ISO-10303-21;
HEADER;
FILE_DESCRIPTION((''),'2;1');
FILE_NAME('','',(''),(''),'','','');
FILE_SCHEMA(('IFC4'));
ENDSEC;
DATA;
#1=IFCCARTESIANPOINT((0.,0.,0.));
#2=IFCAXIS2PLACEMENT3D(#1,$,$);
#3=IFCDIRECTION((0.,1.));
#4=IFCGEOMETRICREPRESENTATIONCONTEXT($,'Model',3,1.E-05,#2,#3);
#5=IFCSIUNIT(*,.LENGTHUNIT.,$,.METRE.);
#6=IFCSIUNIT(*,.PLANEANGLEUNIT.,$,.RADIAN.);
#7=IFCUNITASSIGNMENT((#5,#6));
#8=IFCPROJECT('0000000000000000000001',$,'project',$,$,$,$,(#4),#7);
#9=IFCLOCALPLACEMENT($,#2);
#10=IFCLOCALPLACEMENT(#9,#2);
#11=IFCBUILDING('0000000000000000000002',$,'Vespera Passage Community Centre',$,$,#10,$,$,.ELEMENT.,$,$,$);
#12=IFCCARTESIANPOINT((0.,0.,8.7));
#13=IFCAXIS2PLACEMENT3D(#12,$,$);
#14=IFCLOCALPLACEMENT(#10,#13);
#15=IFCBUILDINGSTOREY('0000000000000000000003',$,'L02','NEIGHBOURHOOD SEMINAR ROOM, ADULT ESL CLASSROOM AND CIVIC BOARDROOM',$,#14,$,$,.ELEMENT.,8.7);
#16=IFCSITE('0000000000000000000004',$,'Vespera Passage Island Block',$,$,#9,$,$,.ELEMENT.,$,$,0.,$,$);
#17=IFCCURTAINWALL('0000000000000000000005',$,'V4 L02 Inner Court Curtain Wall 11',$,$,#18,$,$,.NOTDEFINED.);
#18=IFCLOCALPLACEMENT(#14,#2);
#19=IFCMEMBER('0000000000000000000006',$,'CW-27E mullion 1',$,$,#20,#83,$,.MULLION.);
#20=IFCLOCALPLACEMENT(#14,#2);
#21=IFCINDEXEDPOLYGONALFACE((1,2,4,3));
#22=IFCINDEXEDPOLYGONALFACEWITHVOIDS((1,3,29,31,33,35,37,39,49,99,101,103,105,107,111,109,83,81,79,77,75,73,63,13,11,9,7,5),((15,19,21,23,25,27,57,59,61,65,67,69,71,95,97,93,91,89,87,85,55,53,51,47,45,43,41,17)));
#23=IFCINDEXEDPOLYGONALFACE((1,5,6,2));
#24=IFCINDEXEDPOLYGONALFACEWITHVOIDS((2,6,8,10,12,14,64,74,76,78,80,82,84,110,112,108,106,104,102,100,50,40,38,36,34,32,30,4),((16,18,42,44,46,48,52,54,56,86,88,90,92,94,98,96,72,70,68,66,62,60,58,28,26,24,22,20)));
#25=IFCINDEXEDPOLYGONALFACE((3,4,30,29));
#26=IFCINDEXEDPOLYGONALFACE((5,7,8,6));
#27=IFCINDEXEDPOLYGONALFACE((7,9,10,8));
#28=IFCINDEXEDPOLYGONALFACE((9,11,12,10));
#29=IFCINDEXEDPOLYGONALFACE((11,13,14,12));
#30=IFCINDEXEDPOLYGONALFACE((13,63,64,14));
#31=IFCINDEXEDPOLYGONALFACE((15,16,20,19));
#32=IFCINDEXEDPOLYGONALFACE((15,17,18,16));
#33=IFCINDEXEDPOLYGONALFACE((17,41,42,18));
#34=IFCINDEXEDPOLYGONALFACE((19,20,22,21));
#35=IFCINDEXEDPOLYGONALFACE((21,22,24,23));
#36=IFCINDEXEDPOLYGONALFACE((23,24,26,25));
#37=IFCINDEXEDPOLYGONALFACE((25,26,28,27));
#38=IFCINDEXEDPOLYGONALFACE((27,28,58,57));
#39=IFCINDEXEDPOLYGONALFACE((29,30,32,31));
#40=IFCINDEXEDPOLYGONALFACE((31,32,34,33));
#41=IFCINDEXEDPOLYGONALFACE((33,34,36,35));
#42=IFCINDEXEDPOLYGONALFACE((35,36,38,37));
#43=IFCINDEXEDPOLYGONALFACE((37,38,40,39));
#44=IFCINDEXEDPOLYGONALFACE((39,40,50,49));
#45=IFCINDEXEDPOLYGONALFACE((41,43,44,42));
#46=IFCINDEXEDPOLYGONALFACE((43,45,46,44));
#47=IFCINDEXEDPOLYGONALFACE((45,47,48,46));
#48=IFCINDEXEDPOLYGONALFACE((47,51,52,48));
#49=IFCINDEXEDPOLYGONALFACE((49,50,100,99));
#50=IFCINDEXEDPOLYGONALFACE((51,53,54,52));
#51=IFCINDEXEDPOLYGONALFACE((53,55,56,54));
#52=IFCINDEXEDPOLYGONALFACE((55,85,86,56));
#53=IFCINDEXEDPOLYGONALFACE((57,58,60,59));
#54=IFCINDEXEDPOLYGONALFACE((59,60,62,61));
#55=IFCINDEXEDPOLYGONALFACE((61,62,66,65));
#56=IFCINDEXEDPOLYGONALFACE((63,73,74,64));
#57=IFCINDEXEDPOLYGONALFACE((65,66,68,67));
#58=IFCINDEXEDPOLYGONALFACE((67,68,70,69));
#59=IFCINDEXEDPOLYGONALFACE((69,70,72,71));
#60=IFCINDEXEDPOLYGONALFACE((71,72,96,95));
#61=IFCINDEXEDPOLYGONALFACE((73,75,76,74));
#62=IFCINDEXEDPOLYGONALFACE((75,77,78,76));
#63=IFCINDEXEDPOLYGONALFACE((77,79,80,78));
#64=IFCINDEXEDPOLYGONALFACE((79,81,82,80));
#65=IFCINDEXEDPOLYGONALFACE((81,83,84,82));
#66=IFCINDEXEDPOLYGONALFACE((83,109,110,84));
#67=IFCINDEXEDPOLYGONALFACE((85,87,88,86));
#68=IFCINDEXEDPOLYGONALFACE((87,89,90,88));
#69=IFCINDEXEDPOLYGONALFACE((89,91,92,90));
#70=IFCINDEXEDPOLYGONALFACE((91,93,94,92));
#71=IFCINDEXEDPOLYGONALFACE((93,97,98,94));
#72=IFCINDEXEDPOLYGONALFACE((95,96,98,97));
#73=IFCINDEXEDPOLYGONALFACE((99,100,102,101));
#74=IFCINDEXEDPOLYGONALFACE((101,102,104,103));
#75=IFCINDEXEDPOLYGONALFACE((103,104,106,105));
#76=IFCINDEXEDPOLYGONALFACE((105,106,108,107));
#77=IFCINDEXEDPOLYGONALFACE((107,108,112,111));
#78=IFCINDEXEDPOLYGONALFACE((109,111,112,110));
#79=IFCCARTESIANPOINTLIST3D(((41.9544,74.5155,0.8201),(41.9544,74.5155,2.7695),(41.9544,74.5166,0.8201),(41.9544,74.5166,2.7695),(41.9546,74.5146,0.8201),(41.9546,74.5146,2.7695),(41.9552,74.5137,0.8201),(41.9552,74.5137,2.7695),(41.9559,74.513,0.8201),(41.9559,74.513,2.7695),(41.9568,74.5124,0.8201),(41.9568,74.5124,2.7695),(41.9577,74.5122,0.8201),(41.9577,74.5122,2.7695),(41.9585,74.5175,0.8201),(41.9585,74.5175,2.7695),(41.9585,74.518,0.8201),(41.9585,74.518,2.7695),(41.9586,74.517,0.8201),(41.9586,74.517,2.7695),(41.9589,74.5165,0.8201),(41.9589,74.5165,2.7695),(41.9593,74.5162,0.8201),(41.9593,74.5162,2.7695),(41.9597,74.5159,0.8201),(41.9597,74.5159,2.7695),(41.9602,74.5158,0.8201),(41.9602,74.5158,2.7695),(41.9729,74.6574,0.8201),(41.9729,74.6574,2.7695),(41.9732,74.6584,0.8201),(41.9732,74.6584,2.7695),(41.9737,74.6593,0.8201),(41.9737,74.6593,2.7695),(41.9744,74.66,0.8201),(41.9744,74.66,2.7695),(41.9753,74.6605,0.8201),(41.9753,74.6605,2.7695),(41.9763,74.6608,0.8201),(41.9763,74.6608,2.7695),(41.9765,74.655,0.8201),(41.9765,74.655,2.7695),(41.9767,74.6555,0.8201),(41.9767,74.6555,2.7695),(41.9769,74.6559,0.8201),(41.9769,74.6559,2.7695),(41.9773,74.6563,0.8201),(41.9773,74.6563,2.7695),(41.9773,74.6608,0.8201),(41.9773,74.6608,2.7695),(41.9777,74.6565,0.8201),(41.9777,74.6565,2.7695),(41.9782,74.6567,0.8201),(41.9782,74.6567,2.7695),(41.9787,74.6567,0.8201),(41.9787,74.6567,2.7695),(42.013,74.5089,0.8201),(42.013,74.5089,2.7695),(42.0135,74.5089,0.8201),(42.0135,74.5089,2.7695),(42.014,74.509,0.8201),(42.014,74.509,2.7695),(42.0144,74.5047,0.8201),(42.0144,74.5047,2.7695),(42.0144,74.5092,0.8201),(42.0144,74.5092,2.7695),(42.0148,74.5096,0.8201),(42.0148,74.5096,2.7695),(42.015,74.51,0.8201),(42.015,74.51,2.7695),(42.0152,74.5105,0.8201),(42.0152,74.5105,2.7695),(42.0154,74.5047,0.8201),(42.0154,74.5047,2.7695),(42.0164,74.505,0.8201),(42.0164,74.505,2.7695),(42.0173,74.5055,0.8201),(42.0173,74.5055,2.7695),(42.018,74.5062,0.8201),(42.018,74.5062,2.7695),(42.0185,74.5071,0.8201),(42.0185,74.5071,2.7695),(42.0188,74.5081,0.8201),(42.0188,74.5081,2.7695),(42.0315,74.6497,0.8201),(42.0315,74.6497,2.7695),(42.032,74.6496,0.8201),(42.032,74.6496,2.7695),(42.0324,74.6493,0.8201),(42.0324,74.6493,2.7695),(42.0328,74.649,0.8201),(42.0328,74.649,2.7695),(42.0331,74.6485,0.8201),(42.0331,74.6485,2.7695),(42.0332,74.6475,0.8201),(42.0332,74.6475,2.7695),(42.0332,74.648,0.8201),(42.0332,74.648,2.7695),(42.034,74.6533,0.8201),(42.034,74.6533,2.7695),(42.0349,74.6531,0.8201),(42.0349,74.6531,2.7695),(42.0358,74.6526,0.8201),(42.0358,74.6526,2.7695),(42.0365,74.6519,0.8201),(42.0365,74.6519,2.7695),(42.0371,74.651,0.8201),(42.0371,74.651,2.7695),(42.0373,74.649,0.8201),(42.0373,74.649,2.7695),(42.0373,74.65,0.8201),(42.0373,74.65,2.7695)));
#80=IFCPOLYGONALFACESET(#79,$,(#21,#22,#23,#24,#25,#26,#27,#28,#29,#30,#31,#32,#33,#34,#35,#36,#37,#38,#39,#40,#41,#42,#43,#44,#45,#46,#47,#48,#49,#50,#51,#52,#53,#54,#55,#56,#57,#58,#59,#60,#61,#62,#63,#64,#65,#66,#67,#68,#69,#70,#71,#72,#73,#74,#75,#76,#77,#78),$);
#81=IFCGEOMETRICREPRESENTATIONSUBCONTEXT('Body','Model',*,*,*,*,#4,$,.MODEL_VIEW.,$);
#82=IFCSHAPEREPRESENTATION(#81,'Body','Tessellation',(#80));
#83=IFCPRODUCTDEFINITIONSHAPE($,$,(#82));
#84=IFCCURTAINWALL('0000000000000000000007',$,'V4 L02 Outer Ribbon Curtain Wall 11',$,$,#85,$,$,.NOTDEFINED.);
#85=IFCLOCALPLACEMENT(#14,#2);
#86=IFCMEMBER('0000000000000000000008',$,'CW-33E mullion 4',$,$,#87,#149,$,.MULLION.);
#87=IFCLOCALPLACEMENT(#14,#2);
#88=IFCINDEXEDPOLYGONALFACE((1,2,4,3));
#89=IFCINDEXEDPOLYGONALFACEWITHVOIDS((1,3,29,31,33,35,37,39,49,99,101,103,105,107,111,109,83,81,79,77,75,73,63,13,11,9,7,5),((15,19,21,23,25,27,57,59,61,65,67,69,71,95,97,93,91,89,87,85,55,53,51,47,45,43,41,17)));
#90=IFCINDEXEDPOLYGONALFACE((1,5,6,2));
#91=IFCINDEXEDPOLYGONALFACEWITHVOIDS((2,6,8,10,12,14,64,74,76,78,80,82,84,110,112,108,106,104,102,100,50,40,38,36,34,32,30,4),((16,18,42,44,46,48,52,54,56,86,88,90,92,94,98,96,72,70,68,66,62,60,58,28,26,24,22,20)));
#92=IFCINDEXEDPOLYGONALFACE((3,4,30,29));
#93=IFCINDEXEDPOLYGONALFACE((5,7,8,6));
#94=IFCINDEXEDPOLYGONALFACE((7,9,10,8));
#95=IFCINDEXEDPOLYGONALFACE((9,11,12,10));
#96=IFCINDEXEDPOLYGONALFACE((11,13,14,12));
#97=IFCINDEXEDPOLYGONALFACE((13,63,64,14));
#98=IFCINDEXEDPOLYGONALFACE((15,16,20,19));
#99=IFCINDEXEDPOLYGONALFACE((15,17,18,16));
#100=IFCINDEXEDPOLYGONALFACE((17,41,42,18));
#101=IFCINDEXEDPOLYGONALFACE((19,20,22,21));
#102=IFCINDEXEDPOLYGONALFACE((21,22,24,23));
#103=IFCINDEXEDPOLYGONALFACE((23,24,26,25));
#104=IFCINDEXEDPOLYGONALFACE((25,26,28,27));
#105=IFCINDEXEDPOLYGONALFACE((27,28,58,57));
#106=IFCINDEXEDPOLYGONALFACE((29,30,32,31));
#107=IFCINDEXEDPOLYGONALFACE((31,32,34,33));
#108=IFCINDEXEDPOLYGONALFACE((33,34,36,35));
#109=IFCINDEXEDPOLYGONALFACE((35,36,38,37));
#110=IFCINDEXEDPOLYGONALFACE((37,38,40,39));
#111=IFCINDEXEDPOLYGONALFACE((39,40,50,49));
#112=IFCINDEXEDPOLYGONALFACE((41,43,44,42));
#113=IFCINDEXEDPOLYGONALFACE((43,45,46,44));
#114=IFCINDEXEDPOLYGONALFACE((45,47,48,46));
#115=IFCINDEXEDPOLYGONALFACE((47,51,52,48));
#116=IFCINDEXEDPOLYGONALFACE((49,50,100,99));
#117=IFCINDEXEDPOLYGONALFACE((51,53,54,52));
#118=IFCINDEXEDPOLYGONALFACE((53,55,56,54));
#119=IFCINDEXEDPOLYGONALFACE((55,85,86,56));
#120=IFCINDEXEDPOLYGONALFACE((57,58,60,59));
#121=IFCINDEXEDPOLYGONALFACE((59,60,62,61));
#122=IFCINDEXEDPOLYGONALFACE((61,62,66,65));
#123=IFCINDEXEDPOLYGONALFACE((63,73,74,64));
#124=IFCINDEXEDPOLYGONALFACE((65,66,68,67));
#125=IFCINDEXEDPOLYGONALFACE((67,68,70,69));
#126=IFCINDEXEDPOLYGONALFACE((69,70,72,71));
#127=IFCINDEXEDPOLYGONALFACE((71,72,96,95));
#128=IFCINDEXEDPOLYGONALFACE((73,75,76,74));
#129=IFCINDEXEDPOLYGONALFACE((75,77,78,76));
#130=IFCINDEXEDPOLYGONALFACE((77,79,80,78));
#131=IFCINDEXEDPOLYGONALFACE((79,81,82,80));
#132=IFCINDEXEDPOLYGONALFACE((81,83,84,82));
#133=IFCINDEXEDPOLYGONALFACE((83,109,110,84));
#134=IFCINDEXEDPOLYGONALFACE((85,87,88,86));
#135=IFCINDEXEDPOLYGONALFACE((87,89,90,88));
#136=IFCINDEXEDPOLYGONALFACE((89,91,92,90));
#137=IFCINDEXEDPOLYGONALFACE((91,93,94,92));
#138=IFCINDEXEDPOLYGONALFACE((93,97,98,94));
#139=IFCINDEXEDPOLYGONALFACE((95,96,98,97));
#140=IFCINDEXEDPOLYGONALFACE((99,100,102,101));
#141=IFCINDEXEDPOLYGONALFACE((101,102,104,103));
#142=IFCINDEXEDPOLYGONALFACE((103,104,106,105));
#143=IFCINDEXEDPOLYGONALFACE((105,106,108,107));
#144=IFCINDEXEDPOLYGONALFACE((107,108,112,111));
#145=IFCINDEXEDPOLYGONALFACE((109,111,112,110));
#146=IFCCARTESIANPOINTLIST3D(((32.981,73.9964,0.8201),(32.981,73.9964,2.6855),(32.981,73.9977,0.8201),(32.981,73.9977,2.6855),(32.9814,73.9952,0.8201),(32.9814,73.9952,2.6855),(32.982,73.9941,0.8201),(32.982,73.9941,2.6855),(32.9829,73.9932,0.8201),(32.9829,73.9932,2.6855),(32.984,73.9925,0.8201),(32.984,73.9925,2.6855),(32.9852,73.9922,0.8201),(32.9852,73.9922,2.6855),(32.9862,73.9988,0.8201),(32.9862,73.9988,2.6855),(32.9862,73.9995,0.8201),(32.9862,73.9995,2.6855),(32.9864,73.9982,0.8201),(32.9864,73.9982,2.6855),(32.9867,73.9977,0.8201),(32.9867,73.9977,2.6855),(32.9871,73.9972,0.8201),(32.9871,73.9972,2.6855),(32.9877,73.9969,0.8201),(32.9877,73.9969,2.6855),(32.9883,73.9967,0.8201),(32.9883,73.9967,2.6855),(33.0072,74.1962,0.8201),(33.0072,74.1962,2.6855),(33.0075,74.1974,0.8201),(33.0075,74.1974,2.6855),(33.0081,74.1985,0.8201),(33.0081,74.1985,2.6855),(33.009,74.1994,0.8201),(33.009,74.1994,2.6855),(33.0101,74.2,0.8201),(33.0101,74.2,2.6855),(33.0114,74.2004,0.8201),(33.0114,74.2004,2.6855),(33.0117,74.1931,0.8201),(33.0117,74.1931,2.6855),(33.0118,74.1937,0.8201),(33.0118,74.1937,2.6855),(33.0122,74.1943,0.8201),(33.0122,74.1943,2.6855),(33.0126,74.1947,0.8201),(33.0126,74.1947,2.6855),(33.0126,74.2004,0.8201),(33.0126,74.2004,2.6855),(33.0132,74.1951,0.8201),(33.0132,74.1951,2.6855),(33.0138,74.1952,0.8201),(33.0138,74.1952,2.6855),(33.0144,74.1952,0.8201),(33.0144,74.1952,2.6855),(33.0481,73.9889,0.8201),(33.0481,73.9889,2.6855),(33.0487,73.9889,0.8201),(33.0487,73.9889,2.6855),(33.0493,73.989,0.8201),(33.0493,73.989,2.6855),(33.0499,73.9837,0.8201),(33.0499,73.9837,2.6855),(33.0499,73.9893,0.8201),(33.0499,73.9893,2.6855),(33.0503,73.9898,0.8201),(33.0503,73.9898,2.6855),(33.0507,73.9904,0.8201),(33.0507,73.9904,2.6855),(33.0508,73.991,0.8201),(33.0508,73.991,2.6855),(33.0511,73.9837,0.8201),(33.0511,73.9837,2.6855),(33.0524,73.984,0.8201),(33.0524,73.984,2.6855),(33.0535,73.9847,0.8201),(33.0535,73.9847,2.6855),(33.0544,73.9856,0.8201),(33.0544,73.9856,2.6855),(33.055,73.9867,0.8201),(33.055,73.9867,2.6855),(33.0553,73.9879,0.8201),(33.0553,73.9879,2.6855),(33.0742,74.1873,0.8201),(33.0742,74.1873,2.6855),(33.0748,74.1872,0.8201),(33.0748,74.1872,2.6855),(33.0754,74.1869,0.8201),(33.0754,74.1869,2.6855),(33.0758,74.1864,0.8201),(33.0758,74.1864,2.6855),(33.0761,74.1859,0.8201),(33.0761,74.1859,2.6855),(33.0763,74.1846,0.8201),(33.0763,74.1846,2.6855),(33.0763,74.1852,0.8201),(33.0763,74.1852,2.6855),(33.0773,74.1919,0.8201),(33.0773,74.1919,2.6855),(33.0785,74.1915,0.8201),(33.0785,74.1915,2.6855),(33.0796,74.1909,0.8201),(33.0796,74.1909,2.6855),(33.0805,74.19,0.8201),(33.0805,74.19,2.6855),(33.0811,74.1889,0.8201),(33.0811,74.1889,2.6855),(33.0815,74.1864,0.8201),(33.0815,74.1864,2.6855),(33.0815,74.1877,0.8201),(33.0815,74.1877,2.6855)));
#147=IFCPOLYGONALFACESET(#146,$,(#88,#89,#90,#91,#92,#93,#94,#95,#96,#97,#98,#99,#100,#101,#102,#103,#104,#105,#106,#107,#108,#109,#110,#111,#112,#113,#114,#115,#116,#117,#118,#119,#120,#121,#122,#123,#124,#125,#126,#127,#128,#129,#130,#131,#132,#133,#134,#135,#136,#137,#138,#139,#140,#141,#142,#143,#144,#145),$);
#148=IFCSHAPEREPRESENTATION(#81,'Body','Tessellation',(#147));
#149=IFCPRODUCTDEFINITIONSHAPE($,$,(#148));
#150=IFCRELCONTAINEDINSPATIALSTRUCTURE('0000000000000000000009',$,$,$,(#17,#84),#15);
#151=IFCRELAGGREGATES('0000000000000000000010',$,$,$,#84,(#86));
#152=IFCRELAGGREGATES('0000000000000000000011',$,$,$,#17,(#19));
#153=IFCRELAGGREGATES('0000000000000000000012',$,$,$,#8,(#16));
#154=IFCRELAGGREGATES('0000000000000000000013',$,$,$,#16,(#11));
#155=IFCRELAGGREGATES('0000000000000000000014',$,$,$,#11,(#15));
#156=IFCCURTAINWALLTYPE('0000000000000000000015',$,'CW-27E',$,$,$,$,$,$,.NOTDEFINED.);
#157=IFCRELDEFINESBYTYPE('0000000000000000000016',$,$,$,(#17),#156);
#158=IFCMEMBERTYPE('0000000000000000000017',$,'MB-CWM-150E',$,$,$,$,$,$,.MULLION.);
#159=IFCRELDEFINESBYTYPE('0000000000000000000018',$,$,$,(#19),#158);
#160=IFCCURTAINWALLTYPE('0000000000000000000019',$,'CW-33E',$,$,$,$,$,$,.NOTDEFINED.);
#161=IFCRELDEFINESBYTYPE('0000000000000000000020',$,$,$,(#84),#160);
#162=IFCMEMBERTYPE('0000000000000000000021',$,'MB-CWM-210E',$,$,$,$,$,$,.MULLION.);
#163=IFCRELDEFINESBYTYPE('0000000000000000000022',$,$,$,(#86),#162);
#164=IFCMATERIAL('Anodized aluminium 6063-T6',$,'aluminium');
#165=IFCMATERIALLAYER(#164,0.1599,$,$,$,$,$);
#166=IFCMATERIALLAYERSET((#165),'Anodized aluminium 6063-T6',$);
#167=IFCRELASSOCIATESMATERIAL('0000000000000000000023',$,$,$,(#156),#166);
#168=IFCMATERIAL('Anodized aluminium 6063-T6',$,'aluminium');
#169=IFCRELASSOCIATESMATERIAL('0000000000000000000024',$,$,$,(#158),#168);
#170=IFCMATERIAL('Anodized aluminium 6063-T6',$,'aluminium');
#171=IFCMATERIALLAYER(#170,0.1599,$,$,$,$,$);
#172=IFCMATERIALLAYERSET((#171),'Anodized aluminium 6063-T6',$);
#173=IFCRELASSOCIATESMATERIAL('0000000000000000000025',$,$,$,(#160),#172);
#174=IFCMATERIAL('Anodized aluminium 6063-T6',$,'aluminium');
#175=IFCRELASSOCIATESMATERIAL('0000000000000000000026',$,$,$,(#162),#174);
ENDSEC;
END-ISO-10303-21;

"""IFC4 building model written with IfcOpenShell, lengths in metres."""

from ifc_helpers import new_model, si_unit, direction, frame, origin, origin_2d, place, context, subcontext, project, spatial, hollow_rectangle, extrude, material, layer, layer_set, material_profile, profile_set, type_object, element, aggregate, save


model = new_model("IFC4")

# Units and contexts
model_context = context("Model", 3, precision=1e-05, world=origin(), true_north=direction((0.0, 1.0)))
body_context = subcontext(model_context, "Body", "Model", "MODEL_VIEW")
ifc_project = project(units=[si_unit("LENGTHUNIT", "METRE"), si_unit("PLANEANGLEUNIT", "RADIAN")], contexts=[model_context])

# Site, building, storey
site_placement = place(None, origin())
site = spatial("IfcSite", under=ifc_project, at=site_placement, Name="Vespera Passage Island Block", CompositionType="ELEMENT", RefElevation=0.0)
building_placement = place(site_placement, origin())
building = spatial("IfcBuilding", under=site, at=building_placement, Name="Vespera Passage Community Centre", CompositionType="ELEMENT")
storey_placement = place(building_placement, frame((0.0, 0.0, 8.7)))
storey = spatial("IfcBuildingStorey", under=building, at=storey_placement, Name="L02", Description="NEIGHBOURHOOD SEMINAR ROOM, ADULT ESL CLASSROOM AND CIVIC BOARDROOM", CompositionType="ELEMENT", Elevation=8.7)

# Curtain wall, member
ifc_material_1 = material(Name="Anodized aluminium 6063-T6", Category="aluminium")
ifc_layer_1 = layer(ifc_material_1, 0.1599)
ifc_layer_set_1 = layer_set([ifc_layer_1], Name="Anodized aluminium 6063-T6")
curtain_wall_type_1 = type_object("IfcCurtainWallType", Name="CW-27E", PredefinedType="NOTDEFINED", material=ifc_layer_set_1)
curtain_wall_1_placement = place(storey_placement, origin())
curtain_wall_1 = element("IfcCurtainWall", 1, at=curtain_wall_1_placement, inside=storey, type_object=curtain_wall_type_1, Name="V4 L02 Inner Court Curtain Wall 11", PredefinedType="NOTDEFINED")
ifc_material_2 = material(Name="Anodized aluminium 6063-T6", Category="aluminium")
ifc_material_profile_1 = material_profile(ifc_material_2, hollow_rectangle(XDim=0.0649, YDim=0.1499, WallThickness=0.0039, InnerFilletRadius=0.002, OuterFilletRadius=0.0039, at=origin_2d()), Name="ALU150X65X4")
ifc_profile_set_1 = profile_set([ifc_material_profile_1], Name="Anodized aluminium 6063-T6")
member_type_1 = type_object("IfcMemberType", Name="MB-CWM-150E", PredefinedType="MULLION", material=ifc_profile_set_1)
member_1_placement = place(storey_placement, frame((41.9958, 74.5828, 0.8201), z_axis=(0.0, 0.0, 1.0), x_axis=(0.991445, -0.130522, 0.0)))
member_1 = element("IfcMember", 2, at=member_1_placement, type_object=member_type_1, Name="CW-27E mullion 1", PredefinedType="MULLION", context=body_context, shape_type="SweptSolid", body=[
    extrude(hollow_rectangle(XDim=0.0649, YDim=0.1499, WallThickness=0.0039, InnerFilletRadius=0.002, OuterFilletRadius=0.0039, at=origin_2d()), origin(), (0.0, 0.0, 1.0), 1.9495),
])

# Curtain wall, member
ifc_material_3 = material(Name="Anodized aluminium 6063-T6", Category="aluminium")
ifc_layer_2 = layer(ifc_material_3, 0.1599)
ifc_layer_set_2 = layer_set([ifc_layer_2], Name="Anodized aluminium 6063-T6")
curtain_wall_type_2 = type_object("IfcCurtainWallType", Name="CW-33E", PredefinedType="NOTDEFINED", material=ifc_layer_set_2)
curtain_wall_2_placement = place(storey_placement, origin())
curtain_wall_2 = element("IfcCurtainWall", 3, at=curtain_wall_2_placement, inside=storey, type_object=curtain_wall_type_2, Name="V4 L02 Outer Ribbon Curtain Wall 11", PredefinedType="NOTDEFINED")
ifc_material_4 = material(Name="Anodized aluminium 6063-T6", Category="aluminium")
ifc_material_profile_2 = material_profile(ifc_material_4, hollow_rectangle(XDim=0.075, YDim=0.21, WallThickness=0.0049, InnerFilletRadius=0.0024, OuterFilletRadius=0.0049, at=origin_2d()), Name="ALU210X75X5")
ifc_profile_set_2 = profile_set([ifc_material_profile_2], Name="Anodized aluminium 6063-T6")
member_type_2 = type_object("IfcMemberType", Name="MB-CWM-210E", PredefinedType="MULLION", material=ifc_profile_set_2)
member_2_placement = place(storey_placement, frame((33.0312, 74.092, 0.8201), z_axis=(0.0, 0.0, 1.0), x_axis=(-0.991445, 0.130523, 0.0)))
member_2 = element("IfcMember", 4, at=member_2_placement, type_object=member_type_2, Name="CW-33E mullion 4", PredefinedType="MULLION", context=body_context, shape_type="SweptSolid", body=[
    extrude(hollow_rectangle(XDim=0.075, YDim=0.21, WallThickness=0.0049, InnerFilletRadius=0.0024, OuterFilletRadius=0.0049, at=origin_2d()), origin(), (0.0, 0.0, 1.0), 1.8655),
])

aggregate(curtain_wall_2, [member_2])
aggregate(curtain_wall_1, [member_1])

save(model, "model.ifc")
